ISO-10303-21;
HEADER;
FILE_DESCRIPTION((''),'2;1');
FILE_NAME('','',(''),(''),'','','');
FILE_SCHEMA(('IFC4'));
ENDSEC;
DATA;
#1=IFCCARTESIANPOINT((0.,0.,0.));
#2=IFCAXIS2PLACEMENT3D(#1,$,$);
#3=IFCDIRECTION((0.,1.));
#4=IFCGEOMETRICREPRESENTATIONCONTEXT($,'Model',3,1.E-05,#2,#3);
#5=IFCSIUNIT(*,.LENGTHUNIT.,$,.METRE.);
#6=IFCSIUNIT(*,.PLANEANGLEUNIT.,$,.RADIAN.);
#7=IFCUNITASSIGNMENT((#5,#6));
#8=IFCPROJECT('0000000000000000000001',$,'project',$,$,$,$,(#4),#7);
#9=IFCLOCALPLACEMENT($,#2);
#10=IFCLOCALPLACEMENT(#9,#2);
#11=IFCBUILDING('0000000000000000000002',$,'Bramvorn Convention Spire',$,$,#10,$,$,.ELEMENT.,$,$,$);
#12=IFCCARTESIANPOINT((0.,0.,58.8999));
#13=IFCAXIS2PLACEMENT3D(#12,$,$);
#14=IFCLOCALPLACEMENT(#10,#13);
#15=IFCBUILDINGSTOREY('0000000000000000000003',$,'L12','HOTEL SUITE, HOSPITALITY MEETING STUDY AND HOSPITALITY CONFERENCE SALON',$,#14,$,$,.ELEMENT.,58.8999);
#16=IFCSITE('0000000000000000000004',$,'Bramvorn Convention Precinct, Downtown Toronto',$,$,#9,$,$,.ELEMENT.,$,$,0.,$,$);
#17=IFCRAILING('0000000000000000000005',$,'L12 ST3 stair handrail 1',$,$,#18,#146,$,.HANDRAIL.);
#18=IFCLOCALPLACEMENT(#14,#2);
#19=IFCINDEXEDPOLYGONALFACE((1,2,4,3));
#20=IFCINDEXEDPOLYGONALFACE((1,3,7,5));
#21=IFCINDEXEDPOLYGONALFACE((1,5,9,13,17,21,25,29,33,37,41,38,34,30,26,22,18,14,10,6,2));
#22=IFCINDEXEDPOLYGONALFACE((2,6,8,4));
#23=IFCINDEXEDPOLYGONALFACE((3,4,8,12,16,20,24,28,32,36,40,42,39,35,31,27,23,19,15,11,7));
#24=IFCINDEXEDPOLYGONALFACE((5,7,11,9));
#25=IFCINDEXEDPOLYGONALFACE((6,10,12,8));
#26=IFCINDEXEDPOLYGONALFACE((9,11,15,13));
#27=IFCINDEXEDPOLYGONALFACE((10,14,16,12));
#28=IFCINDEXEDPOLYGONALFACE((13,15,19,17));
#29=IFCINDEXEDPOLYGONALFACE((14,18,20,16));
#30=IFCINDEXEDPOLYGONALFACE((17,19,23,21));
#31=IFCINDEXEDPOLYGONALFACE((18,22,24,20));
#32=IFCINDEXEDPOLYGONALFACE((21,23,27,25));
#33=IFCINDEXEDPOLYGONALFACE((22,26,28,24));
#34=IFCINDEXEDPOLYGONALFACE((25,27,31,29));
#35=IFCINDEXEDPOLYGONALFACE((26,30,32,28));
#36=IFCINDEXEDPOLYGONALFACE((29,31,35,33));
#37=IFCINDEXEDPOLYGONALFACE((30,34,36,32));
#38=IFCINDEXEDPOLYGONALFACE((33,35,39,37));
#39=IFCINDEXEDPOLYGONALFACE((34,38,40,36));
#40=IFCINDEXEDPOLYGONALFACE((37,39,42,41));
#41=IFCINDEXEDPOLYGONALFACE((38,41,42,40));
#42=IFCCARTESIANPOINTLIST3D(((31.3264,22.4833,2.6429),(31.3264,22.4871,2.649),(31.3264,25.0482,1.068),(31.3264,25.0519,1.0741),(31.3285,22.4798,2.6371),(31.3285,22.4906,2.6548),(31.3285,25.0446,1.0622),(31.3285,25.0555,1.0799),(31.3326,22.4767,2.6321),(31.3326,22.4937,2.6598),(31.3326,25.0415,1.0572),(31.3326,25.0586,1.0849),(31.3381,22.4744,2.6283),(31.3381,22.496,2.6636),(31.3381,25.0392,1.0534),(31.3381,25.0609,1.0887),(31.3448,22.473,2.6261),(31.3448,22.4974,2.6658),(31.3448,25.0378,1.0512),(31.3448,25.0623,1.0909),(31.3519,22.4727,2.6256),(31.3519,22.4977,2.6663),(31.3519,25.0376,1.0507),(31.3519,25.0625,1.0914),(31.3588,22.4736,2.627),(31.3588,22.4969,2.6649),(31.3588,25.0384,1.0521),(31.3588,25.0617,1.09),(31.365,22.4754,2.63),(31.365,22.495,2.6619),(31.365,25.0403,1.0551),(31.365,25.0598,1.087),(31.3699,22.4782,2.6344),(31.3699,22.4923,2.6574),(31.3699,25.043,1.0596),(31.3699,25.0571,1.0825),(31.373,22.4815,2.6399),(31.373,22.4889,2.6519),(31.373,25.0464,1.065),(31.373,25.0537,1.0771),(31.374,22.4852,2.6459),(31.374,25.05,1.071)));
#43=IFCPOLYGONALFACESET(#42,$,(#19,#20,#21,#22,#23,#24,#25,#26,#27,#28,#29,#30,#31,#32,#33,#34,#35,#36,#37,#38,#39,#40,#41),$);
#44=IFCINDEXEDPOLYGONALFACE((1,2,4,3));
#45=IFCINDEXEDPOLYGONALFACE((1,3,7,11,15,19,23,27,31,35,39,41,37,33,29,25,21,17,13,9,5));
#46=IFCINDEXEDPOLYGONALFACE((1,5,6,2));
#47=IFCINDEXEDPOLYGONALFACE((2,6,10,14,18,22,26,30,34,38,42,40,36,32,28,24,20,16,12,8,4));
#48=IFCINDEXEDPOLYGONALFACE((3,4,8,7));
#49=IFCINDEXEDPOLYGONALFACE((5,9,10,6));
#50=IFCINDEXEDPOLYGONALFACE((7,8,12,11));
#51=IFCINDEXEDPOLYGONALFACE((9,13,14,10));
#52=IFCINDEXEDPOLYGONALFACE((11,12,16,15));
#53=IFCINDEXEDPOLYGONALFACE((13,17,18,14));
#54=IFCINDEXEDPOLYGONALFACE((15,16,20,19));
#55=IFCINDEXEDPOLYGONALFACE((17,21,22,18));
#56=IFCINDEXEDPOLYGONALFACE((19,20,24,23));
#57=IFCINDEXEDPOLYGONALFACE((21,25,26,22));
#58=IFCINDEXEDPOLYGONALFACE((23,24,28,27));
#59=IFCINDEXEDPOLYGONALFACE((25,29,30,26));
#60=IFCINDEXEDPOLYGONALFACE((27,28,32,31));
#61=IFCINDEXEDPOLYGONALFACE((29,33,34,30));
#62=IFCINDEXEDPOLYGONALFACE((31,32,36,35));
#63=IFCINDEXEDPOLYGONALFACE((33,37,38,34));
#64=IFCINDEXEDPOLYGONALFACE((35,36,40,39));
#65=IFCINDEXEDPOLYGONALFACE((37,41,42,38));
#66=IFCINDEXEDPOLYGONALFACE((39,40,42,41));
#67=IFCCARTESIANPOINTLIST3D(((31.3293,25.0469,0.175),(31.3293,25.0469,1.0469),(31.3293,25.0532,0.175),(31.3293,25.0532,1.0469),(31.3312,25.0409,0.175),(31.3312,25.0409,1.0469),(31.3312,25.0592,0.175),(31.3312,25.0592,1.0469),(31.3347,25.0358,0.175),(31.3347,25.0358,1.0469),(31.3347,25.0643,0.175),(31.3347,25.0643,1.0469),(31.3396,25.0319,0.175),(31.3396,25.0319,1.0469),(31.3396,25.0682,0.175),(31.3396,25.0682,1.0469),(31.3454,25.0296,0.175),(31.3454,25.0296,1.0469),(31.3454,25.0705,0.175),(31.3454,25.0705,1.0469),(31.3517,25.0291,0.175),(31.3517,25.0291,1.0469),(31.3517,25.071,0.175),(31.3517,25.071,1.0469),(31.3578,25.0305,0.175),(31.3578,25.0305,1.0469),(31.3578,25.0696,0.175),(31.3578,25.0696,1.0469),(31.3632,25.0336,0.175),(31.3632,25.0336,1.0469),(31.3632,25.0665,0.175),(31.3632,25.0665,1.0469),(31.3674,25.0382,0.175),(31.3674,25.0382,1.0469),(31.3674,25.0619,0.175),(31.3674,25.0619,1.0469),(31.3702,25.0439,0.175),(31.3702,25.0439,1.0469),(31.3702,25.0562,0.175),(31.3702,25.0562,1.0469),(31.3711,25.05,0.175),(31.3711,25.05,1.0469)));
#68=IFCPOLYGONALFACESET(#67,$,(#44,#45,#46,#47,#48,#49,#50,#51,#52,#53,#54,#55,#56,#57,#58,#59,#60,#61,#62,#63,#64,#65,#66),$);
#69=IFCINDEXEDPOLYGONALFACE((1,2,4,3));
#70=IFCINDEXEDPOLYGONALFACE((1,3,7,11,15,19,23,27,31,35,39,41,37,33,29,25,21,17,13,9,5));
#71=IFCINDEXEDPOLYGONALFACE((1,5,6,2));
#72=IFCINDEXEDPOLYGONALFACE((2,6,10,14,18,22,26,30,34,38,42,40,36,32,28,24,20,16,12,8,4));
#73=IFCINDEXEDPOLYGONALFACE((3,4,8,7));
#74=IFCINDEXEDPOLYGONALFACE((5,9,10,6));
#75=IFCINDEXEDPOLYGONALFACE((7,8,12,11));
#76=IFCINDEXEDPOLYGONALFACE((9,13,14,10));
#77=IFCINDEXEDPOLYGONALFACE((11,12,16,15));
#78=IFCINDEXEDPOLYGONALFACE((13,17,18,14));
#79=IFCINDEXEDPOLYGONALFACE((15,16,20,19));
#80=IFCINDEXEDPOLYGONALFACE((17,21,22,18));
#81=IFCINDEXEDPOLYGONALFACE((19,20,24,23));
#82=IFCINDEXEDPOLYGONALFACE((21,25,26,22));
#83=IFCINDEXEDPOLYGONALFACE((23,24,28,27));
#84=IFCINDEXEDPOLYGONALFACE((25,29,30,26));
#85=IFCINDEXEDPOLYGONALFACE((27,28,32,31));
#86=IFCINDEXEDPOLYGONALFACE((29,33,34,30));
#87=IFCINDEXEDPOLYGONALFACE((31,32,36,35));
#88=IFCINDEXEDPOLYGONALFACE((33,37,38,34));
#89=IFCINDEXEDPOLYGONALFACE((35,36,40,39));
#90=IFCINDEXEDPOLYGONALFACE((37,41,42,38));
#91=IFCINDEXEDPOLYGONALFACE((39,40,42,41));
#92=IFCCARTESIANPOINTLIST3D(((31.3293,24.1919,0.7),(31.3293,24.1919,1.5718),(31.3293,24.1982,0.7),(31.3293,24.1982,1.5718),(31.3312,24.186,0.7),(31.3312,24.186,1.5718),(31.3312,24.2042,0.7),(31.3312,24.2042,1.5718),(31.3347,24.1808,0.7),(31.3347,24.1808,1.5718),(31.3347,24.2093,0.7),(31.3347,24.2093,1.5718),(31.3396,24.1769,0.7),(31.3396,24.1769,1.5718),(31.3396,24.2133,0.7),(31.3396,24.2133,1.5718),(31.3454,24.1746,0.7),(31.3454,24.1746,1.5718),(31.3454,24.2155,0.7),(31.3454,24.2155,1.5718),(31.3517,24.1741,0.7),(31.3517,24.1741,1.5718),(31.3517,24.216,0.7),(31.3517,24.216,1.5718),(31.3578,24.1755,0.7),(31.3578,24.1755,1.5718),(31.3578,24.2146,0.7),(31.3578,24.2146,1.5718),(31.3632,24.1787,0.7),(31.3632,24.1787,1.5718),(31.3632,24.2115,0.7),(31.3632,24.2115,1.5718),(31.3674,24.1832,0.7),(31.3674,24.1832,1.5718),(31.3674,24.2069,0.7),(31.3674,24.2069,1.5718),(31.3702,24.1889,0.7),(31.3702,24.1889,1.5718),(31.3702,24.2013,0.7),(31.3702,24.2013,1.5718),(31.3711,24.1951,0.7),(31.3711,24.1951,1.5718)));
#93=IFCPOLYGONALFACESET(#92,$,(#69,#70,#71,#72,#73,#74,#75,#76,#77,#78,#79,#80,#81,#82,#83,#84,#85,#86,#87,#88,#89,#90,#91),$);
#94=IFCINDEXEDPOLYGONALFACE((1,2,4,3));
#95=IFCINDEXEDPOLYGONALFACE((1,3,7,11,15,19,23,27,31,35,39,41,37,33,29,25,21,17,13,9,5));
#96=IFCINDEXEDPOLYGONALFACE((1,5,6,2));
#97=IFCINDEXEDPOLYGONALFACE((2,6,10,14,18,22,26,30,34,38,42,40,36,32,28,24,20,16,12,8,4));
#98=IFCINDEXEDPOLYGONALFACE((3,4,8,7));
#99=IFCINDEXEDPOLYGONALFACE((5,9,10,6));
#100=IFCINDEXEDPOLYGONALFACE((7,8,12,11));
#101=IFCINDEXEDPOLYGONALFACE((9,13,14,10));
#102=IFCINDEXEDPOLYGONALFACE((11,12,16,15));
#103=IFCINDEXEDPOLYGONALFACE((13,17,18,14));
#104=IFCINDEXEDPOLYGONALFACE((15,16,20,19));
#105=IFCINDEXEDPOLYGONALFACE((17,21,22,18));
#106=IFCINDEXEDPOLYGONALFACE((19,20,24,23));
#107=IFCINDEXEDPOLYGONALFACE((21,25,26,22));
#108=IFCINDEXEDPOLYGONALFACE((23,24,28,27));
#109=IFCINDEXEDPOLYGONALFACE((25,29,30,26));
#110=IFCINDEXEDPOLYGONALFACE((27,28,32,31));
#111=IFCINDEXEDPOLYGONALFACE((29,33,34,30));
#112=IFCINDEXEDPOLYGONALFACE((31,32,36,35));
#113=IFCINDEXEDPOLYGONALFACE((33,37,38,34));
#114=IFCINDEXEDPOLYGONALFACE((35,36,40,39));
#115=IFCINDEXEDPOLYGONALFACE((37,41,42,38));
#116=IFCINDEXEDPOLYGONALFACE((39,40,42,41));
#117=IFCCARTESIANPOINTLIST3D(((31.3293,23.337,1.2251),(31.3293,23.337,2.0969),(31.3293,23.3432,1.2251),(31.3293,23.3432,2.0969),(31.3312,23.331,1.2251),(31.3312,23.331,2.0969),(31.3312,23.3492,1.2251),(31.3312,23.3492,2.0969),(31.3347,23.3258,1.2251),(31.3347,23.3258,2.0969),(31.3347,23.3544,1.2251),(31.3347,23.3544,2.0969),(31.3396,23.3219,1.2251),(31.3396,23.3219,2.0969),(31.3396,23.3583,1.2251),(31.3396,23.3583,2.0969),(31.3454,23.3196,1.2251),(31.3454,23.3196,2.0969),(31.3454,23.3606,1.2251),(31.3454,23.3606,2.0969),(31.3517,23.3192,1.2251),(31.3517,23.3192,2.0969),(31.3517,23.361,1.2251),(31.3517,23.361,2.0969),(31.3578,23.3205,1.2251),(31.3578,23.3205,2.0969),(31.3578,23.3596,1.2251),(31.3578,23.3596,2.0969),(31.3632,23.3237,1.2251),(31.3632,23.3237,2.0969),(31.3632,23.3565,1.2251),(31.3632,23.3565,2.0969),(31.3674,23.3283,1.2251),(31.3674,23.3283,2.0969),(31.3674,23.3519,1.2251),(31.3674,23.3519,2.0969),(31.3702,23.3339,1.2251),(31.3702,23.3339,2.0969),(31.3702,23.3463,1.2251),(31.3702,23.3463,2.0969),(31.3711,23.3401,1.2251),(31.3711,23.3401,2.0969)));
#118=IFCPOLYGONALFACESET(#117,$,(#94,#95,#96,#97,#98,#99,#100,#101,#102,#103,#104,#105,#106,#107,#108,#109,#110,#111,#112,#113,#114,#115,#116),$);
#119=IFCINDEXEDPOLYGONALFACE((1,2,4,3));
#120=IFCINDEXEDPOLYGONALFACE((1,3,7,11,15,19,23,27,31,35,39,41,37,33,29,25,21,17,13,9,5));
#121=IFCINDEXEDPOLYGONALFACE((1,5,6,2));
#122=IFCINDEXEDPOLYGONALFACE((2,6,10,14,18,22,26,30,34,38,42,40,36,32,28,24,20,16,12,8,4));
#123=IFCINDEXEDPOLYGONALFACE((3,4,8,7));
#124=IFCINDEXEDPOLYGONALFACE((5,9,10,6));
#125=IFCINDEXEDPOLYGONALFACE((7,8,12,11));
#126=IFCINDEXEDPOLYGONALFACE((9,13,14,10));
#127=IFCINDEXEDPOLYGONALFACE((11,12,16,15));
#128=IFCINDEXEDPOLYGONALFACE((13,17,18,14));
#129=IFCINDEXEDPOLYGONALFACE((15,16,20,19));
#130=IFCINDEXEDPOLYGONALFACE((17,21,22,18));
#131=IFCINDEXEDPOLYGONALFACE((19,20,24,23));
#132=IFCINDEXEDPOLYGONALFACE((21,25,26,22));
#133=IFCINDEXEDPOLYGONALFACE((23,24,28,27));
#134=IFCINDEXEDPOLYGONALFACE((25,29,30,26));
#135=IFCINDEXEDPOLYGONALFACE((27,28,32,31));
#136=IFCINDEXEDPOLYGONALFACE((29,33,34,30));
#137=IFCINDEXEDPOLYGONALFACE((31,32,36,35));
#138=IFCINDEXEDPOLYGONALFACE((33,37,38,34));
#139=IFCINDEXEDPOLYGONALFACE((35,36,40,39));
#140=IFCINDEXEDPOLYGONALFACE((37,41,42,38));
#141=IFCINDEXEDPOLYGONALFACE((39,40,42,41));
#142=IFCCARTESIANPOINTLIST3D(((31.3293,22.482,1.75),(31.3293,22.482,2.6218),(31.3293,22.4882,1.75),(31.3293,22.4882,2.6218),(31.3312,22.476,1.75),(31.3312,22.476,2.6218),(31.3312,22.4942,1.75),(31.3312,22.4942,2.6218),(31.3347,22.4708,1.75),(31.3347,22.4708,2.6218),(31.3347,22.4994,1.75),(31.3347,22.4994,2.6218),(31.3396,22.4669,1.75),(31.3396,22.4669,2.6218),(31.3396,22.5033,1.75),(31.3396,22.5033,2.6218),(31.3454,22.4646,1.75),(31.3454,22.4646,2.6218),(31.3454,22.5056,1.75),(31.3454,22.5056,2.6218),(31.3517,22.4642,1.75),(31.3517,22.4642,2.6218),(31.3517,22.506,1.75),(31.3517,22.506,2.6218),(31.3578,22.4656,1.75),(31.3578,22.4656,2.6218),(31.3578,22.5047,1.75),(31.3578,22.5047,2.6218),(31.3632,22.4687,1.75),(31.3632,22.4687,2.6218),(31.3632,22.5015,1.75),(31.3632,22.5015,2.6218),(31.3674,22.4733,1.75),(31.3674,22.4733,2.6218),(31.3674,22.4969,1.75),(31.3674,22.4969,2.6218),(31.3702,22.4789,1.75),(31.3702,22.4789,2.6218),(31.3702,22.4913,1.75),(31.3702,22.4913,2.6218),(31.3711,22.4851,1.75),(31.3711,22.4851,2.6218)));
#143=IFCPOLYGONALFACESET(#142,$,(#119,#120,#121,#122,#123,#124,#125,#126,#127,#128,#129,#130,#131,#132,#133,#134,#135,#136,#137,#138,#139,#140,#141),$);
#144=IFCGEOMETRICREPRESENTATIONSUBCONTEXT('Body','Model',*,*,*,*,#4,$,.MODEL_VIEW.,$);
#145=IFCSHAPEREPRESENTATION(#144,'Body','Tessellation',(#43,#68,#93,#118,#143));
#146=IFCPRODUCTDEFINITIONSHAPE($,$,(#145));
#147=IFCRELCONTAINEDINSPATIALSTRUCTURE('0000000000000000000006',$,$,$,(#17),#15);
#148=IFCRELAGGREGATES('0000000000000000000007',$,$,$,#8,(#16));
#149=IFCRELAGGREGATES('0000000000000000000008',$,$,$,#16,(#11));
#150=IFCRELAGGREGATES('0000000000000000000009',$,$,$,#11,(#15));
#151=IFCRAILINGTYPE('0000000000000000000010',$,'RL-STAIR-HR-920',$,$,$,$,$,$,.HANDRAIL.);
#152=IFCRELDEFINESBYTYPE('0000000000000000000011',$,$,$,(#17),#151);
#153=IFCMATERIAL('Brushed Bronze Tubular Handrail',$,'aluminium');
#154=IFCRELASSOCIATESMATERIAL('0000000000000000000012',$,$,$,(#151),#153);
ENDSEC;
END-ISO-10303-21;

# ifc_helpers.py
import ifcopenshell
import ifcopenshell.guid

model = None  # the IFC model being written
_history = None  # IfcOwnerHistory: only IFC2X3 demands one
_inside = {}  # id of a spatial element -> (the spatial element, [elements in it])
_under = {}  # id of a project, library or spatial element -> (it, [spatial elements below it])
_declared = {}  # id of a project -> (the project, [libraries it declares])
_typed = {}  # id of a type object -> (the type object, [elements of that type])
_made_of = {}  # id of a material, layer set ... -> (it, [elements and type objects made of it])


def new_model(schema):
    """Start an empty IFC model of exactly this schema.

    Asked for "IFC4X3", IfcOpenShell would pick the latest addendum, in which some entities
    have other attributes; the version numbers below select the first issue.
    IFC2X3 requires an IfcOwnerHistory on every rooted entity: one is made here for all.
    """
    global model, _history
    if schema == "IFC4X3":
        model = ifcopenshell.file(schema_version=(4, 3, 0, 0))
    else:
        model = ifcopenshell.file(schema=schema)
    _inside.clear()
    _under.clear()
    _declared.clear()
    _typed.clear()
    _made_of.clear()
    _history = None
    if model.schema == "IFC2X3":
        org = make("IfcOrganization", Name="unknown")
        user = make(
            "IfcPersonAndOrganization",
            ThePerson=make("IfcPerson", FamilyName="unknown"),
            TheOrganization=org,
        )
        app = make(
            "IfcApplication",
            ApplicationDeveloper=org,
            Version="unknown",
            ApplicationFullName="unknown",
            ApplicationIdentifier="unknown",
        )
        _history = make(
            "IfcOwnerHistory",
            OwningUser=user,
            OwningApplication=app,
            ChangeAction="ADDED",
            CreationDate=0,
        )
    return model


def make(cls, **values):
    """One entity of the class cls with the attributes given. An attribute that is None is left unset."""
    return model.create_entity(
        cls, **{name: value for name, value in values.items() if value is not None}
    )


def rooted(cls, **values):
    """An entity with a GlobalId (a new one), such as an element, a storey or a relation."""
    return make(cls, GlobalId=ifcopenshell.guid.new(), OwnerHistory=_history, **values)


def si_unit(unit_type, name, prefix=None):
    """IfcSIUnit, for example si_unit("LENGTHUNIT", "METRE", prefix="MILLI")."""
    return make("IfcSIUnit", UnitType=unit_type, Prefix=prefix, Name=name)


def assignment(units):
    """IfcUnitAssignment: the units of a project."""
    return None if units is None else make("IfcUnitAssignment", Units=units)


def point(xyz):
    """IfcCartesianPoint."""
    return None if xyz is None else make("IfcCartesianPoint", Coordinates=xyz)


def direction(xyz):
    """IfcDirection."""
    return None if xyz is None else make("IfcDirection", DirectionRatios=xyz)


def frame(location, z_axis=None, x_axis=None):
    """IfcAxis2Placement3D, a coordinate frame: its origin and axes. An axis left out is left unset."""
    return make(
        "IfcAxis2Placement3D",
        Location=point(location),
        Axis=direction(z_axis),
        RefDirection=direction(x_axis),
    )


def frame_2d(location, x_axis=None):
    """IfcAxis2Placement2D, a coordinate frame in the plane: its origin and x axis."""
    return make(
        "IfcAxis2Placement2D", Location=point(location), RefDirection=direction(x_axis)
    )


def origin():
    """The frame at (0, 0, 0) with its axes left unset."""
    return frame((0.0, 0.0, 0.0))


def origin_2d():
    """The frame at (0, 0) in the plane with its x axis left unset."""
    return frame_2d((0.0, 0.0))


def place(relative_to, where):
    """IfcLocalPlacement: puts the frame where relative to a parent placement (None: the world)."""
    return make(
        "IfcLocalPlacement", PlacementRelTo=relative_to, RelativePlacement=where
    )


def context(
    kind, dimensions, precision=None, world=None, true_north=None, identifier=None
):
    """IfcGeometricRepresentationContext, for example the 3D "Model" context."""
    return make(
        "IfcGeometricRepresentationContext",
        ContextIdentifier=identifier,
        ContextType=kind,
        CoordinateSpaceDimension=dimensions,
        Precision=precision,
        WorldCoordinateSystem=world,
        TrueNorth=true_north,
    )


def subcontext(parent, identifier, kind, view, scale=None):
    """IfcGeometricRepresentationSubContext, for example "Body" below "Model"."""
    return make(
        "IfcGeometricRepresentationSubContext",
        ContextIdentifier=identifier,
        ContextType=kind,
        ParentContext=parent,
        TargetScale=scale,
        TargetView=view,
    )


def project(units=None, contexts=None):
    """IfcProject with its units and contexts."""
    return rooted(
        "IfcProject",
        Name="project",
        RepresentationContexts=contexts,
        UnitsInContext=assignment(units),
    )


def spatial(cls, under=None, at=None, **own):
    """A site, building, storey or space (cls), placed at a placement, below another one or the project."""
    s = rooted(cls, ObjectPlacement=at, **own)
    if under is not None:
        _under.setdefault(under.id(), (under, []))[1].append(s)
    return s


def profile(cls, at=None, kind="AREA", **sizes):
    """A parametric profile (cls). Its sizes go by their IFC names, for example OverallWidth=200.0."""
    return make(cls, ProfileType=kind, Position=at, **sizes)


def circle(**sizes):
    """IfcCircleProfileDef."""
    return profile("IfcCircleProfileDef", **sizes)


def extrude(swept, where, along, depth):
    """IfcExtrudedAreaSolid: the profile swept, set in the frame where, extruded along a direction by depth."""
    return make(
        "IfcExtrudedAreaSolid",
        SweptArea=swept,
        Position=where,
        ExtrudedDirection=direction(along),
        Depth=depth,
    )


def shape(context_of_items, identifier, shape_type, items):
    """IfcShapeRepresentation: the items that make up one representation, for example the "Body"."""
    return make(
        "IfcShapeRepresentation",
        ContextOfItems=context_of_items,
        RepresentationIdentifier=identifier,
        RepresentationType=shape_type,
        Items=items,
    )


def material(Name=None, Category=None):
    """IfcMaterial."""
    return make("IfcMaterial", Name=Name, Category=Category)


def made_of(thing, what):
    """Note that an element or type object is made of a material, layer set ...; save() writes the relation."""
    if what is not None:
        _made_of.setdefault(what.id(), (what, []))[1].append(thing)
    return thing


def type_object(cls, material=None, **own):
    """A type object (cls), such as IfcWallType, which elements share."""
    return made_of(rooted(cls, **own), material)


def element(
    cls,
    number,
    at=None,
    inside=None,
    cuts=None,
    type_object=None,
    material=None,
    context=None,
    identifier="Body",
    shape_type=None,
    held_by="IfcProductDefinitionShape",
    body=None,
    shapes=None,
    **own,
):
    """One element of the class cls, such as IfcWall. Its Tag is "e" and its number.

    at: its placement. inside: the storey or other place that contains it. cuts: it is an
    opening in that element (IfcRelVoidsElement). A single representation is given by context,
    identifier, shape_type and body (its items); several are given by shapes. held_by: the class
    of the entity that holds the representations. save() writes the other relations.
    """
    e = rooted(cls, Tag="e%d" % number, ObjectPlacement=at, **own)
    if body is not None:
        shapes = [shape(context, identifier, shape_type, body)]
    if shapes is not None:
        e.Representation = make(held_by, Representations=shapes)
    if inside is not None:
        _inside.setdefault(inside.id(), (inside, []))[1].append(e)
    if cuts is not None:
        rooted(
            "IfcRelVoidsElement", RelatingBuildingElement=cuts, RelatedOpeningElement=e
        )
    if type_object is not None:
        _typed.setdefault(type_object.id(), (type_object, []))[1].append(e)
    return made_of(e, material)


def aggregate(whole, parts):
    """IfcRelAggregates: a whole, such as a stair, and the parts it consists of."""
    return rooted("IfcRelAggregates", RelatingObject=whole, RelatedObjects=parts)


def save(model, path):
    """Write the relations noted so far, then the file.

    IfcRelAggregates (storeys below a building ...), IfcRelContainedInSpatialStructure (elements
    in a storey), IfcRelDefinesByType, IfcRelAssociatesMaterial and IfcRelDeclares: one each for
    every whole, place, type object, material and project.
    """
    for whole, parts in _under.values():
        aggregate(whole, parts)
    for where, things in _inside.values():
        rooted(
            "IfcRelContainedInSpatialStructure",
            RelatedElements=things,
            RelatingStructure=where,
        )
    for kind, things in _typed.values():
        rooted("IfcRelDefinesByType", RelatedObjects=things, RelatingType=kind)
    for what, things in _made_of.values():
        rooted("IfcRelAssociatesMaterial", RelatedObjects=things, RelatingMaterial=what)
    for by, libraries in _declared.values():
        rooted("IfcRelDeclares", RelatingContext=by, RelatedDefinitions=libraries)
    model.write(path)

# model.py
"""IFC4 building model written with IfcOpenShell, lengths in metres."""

from ifc_helpers import new_model, si_unit, direction, frame, origin, origin_2d, place, context, subcontext, project, spatial, circle, extrude, material, type_object, element, save


model = new_model("IFC4")

# Units and contexts
model_context = context("Model", 3, precision=1e-05, world=origin(), true_north=direction((0.0, 1.0)))
body_context = subcontext(model_context, "Body", "Model", "MODEL_VIEW")
ifc_project = project(units=[si_unit("LENGTHUNIT", "METRE"), si_unit("PLANEANGLEUNIT", "RADIAN")], contexts=[model_context])

# Site, building, storey
site_placement = place(None, origin())
site = spatial("IfcSite", under=ifc_project, at=site_placement, Name="Bramvorn Convention Precinct, Downtown Toronto", CompositionType="ELEMENT", RefElevation=0.0)
building_placement = place(site_placement, origin())
building = spatial("IfcBuilding", under=site, at=building_placement, Name="Bramvorn Convention Spire", CompositionType="ELEMENT")
storey_placement = place(building_placement, frame((0.0, 0.0, 58.8999)))
storey = spatial("IfcBuildingStorey", under=building, at=storey_placement, Name="L12", Description="HOTEL SUITE, HOSPITALITY MEETING STUDY AND HOSPITALITY CONFERENCE SALON", CompositionType="ELEMENT", Elevation=58.8999)

# Railing
ifc_material_1 = material(Name="Brushed Bronze Tubular Handrail", Category="aluminium")
railing_type_1 = type_object("IfcRailingType", Name="RL-STAIR-HR-920", PredefinedType="HANDRAIL", material=ifc_material_1)
railing_1_placement = place(storey_placement, frame((31.3501, 25.05, 0.175)))
element("IfcRailing", 1, at=railing_1_placement, inside=storey, type_object=railing_type_1, Name="L12 ST3 stair handrail 1", PredefinedType="HANDRAIL", context=body_context, shape_type="SweptSolid", body=[
    extrude(circle(Radius=0.0239, at=origin_2d()), frame((0.0, 0.0, 0.896), z_axis=(0.0, -0.852173, 0.52326), x_axis=(1.0, 0.0, 0.0)), (0.0, 0.0, 1.0), 3.0098),
    extrude(circle(Radius=0.021, at=origin_2d()), origin(), (0.0, 0.0, 1.0), 0.8718),
    extrude(circle(Radius=0.021, at=origin_2d()), frame((0.0, -0.855, 0.5249)), (0.0, 0.0, 1.0), 0.8718),
    extrude(circle(Radius=0.021, at=origin_2d()), frame((0.0, -1.71, 1.05)), (0.0, 0.0, 1.0), 0.8718),
    extrude(circle(Radius=0.021, at=origin_2d()), frame((0.0, -2.5649, 1.575)), (0.0, 0.0, 1.0), 0.8718),
])

save(model, "model.ifc")
